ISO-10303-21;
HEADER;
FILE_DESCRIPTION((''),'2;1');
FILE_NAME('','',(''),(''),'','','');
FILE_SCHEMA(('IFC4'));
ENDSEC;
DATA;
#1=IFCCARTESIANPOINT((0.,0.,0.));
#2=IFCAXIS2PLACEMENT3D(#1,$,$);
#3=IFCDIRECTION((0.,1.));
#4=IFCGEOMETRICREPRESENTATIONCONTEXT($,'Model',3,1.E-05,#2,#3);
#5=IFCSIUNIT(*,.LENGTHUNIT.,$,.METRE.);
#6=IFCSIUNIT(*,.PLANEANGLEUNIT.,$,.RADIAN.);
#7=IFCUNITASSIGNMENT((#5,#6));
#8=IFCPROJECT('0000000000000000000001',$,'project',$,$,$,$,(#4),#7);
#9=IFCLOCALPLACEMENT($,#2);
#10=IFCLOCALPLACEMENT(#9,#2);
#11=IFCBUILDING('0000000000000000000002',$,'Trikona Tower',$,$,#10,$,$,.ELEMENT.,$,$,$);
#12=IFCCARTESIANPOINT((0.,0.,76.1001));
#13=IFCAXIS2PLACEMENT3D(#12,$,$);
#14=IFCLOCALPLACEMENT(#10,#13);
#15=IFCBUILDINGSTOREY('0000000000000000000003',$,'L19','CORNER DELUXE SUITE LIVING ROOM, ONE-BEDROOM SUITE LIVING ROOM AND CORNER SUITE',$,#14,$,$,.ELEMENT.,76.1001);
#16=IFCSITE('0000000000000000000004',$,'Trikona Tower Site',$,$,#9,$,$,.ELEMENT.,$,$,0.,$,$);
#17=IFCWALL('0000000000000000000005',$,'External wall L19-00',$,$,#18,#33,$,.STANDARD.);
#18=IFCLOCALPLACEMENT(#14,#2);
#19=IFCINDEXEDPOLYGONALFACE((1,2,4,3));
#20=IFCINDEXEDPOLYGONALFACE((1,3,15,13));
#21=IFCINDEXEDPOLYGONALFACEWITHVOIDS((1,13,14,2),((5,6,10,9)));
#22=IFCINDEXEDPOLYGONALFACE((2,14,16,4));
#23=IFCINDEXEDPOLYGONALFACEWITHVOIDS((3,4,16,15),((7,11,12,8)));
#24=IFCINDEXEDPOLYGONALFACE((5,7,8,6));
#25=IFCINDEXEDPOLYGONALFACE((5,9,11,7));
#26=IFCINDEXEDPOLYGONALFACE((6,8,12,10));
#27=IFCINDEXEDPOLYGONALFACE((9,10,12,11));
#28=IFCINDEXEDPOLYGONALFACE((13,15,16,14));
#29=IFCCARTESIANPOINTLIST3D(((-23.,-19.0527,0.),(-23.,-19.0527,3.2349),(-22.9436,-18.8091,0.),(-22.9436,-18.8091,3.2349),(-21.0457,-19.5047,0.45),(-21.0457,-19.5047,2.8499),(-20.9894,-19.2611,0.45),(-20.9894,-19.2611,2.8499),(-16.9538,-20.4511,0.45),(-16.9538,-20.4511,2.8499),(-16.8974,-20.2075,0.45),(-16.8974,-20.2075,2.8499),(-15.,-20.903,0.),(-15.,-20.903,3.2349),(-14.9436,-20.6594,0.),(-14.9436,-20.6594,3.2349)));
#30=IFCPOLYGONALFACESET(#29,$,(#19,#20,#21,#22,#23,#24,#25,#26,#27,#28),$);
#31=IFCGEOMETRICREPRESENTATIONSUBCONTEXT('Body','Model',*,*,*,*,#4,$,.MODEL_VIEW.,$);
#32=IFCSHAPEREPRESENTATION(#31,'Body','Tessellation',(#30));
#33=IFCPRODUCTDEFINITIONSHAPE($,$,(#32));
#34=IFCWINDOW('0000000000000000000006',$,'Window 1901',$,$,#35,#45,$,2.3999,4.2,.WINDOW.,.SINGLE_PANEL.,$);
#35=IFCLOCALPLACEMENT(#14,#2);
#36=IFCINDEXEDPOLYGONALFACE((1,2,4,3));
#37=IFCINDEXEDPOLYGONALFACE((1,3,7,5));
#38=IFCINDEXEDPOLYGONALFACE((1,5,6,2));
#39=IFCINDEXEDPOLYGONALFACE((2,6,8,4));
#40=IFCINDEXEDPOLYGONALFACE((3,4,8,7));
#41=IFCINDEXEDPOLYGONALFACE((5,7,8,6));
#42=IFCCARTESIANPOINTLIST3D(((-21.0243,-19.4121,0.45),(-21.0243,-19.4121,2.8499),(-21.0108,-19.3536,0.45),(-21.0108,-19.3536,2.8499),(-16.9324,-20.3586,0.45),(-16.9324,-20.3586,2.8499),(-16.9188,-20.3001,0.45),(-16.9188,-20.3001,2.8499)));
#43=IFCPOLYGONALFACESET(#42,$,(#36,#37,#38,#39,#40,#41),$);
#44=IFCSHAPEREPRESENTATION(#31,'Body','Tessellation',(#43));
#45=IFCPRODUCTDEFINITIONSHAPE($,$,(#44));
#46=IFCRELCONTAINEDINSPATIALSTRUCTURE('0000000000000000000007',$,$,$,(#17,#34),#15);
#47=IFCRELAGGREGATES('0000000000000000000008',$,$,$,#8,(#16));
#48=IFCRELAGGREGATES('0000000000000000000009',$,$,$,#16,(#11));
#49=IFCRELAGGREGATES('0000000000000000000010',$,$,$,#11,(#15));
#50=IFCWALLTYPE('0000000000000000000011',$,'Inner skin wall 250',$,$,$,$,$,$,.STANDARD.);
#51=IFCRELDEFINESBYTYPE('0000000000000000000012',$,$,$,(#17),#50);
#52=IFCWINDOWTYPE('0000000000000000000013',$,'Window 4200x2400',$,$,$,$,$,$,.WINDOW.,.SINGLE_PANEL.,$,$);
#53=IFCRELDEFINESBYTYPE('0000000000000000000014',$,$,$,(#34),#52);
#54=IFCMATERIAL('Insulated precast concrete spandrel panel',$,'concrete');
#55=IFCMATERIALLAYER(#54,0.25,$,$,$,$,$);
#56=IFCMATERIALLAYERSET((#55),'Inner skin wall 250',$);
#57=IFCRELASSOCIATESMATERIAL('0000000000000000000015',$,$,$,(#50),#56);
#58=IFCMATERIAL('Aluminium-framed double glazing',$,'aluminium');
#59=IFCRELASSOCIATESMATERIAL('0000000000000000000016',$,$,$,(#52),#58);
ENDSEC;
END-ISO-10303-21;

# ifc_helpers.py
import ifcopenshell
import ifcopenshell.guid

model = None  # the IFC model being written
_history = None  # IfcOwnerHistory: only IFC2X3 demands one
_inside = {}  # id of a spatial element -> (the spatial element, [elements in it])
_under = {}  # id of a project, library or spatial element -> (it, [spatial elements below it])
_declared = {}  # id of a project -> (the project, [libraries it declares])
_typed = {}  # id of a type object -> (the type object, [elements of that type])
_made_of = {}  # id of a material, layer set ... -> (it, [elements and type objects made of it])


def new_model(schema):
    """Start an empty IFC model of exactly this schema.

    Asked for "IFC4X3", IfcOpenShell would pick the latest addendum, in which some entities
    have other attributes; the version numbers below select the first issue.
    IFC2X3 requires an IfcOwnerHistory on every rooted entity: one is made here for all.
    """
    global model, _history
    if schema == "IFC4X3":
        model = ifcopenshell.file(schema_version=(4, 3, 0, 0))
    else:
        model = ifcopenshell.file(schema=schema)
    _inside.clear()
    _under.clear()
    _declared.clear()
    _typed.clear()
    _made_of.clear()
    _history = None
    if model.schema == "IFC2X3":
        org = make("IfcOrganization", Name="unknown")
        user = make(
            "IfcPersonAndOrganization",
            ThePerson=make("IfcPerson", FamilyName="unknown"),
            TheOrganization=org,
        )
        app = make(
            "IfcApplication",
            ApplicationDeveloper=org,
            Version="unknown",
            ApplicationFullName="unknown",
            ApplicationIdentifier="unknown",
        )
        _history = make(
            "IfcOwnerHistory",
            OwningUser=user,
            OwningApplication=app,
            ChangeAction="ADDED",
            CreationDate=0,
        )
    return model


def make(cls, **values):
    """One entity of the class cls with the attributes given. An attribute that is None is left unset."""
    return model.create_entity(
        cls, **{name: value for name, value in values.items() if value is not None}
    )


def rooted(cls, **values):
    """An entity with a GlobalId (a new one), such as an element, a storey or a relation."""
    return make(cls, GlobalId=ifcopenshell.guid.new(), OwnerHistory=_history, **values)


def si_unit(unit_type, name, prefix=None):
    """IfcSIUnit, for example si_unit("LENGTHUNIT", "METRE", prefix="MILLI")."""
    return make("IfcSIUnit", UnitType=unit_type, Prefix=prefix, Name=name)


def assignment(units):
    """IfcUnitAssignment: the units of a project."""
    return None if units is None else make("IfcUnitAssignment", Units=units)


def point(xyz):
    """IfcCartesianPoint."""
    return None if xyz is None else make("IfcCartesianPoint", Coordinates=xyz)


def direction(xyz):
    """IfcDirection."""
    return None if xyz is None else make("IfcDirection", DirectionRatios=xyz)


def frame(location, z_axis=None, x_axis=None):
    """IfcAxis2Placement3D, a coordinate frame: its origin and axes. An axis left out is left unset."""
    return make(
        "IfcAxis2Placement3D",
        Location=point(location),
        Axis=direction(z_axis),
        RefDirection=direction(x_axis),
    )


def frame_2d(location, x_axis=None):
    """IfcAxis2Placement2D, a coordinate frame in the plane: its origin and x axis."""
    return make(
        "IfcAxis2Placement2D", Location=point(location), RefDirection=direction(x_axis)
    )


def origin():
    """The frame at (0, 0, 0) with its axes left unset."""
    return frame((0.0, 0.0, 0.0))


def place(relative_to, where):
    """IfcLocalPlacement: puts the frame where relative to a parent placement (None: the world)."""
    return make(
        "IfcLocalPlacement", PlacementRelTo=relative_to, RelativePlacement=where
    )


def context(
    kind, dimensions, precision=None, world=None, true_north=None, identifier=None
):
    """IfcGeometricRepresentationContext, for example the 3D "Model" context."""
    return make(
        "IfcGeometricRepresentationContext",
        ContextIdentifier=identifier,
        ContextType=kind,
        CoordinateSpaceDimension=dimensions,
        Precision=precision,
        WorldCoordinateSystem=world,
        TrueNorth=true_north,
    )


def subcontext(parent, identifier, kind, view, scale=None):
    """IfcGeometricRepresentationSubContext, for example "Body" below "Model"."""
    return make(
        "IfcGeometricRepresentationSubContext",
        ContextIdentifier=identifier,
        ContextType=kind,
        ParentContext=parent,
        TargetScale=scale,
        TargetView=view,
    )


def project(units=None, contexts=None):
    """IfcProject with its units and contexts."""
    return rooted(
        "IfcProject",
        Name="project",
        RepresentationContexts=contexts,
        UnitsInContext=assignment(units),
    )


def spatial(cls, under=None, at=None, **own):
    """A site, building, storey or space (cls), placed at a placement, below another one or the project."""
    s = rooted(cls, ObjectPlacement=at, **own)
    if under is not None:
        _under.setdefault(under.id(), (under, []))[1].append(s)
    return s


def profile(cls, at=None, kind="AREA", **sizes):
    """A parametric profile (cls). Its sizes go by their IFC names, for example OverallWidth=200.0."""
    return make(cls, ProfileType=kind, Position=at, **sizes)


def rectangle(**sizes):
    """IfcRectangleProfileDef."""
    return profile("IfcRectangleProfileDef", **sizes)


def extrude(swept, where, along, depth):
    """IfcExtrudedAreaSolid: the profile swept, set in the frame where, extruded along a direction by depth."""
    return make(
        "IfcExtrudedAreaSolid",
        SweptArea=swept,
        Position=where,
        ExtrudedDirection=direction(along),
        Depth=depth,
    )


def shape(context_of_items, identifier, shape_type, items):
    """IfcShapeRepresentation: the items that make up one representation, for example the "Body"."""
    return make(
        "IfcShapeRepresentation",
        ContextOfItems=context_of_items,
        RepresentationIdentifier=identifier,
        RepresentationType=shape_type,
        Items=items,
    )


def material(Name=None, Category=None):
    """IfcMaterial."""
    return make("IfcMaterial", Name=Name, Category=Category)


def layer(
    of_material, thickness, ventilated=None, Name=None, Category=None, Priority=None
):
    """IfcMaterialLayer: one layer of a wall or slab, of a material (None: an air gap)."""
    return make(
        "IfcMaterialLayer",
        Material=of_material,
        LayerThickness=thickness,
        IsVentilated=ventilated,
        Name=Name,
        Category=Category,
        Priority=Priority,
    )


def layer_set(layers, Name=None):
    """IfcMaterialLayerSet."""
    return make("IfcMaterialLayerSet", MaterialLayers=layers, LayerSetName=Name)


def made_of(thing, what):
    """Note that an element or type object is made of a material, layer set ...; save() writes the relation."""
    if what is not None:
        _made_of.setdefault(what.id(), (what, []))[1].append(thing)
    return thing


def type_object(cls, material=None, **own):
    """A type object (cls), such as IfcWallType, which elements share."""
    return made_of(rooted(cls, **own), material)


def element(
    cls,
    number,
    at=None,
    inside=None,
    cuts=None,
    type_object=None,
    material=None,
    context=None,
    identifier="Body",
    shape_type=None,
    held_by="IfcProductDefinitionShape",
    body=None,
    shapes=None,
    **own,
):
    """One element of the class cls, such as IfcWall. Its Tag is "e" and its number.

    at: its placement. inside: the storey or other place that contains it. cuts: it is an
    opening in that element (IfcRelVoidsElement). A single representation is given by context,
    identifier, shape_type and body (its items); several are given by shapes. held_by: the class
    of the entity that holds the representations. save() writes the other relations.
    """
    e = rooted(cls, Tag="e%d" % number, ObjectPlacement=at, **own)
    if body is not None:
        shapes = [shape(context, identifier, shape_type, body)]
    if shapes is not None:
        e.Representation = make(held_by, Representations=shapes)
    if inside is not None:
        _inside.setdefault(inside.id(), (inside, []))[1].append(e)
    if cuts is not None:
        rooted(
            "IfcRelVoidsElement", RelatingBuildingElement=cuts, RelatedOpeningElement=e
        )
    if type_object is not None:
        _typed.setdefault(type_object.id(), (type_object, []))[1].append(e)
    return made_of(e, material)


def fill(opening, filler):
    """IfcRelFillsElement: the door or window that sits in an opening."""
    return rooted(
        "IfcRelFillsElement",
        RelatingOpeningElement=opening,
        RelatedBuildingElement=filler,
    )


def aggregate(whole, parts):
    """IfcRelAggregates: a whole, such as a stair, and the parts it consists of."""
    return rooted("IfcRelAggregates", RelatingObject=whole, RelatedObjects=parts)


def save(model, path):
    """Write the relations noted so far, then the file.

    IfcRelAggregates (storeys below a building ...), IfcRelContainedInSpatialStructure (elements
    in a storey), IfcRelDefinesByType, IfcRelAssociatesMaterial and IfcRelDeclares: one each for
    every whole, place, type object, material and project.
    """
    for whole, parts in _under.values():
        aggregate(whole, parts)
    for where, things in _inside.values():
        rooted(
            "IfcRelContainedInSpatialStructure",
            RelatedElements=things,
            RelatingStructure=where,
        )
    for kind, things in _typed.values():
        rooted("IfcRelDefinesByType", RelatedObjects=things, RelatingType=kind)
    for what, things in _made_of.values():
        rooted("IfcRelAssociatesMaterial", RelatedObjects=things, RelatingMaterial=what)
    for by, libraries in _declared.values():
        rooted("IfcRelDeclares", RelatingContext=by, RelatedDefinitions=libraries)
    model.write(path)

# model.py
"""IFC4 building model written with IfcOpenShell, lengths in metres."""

from ifc_helpers import new_model, si_unit, direction, frame, frame_2d, origin, place, context, subcontext, project, spatial, rectangle, extrude, material, layer, layer_set, type_object, element, fill, save


model = new_model("IFC4")

# Units and contexts
model_context = context("Model", 3, precision=1e-05, world=origin(), true_north=direction((0.0, 1.0)))
body_context = subcontext(model_context, "Body", "Model", "MODEL_VIEW")
ifc_project = project(units=[si_unit("LENGTHUNIT", "METRE"), si_unit("PLANEANGLEUNIT", "RADIAN")], contexts=[model_context])

# Site, building, storey
site_placement = place(None, origin())
site = spatial("IfcSite", under=ifc_project, at=site_placement, Name="Trikona Tower Site", CompositionType="ELEMENT", RefElevation=0.0)
building_placement = place(site_placement, origin())
building = spatial("IfcBuilding", under=site, at=building_placement, Name="Trikona Tower", CompositionType="ELEMENT")
storey_placement = place(building_placement, frame((0.0, 0.0, 76.1001)))
storey = spatial("IfcBuildingStorey", under=building, at=storey_placement, Name="L19", Description="CORNER DELUXE SUITE LIVING ROOM, ONE-BEDROOM SUITE LIVING ROOM AND CORNER SUITE", CompositionType="ELEMENT", Elevation=76.1001)

# Wall, opening, window
ifc_material_1 = material(Name="Insulated precast concrete spandrel panel", Category="concrete")
ifc_layer_1 = layer(ifc_material_1, 0.25)
ifc_layer_set_1 = layer_set([ifc_layer_1], Name="Inner skin wall 250")
wall_type_1 = type_object("IfcWallType", Name="Inner skin wall 250", PredefinedType="STANDARD", material=ifc_layer_set_1)
wall_1_placement = place(storey_placement, frame((-22.9717, -18.9309, 0.0), z_axis=(0.0, 0.0, 1.0), x_axis=(0.974279, -0.225344, 0.0)))
wall_1 = element("IfcWall", 1, at=wall_1_placement, inside=storey, type_object=wall_type_1, Name="External wall L19-00", PredefinedType="STANDARD", context=body_context, shape_type="SweptSolid", body=[
    extrude(rectangle(XDim=8.2112, YDim=0.25, at=frame_2d((4.1055, 0.0))), origin(), (0.0, 0.0, 1.0), 3.2349),
])
opening_1_placement = place(wall_1_placement, frame((2.0056, 0.0, 0.45)))
opening_1 = element("IfcOpeningElement", 2, at=opening_1_placement, cuts=wall_1, PredefinedType="OPENING", context=body_context, shape_type="SweptSolid", body=[
    extrude(rectangle(XDim=4.2, YDim=2.3999, at=frame_2d((2.1001, 1.2))), frame((0.0, 0.135, 0.0), z_axis=(0.0, -1.0, 0.0), x_axis=(1.0, 0.0, 0.0)), (0.0, 0.0, 1.0), 0.27),
])
ifc_material_2 = material(Name="Aluminium-framed double glazing", Category="aluminium")
window_type_1 = type_object("IfcWindowType", Name="Window 4200x2400", PartitioningType="SINGLE_PANEL", PredefinedType="WINDOW", material=ifc_material_2)
window_1_placement = place(opening_1_placement, origin())
window_1 = element("IfcWindow", 3, at=window_1_placement, inside=storey, type_object=window_type_1, Name="Window 1901", OverallHeight=2.3999, OverallWidth=4.2, PartitioningType="SINGLE_PANEL", PredefinedType="WINDOW", context=body_context, shape_type="SweptSolid", body=[
    extrude(rectangle(XDim=4.2, YDim=2.3999, at=frame_2d((2.1001, 1.2))), frame((0.0, 0.03, 0.0), z_axis=(0.0, -1.0, 0.0), x_axis=(1.0, 0.0, 0.0)), (0.0, 0.0, 1.0), 0.0601),
])
fill(opening_1, window_1)

save(model, "model.ifc")
